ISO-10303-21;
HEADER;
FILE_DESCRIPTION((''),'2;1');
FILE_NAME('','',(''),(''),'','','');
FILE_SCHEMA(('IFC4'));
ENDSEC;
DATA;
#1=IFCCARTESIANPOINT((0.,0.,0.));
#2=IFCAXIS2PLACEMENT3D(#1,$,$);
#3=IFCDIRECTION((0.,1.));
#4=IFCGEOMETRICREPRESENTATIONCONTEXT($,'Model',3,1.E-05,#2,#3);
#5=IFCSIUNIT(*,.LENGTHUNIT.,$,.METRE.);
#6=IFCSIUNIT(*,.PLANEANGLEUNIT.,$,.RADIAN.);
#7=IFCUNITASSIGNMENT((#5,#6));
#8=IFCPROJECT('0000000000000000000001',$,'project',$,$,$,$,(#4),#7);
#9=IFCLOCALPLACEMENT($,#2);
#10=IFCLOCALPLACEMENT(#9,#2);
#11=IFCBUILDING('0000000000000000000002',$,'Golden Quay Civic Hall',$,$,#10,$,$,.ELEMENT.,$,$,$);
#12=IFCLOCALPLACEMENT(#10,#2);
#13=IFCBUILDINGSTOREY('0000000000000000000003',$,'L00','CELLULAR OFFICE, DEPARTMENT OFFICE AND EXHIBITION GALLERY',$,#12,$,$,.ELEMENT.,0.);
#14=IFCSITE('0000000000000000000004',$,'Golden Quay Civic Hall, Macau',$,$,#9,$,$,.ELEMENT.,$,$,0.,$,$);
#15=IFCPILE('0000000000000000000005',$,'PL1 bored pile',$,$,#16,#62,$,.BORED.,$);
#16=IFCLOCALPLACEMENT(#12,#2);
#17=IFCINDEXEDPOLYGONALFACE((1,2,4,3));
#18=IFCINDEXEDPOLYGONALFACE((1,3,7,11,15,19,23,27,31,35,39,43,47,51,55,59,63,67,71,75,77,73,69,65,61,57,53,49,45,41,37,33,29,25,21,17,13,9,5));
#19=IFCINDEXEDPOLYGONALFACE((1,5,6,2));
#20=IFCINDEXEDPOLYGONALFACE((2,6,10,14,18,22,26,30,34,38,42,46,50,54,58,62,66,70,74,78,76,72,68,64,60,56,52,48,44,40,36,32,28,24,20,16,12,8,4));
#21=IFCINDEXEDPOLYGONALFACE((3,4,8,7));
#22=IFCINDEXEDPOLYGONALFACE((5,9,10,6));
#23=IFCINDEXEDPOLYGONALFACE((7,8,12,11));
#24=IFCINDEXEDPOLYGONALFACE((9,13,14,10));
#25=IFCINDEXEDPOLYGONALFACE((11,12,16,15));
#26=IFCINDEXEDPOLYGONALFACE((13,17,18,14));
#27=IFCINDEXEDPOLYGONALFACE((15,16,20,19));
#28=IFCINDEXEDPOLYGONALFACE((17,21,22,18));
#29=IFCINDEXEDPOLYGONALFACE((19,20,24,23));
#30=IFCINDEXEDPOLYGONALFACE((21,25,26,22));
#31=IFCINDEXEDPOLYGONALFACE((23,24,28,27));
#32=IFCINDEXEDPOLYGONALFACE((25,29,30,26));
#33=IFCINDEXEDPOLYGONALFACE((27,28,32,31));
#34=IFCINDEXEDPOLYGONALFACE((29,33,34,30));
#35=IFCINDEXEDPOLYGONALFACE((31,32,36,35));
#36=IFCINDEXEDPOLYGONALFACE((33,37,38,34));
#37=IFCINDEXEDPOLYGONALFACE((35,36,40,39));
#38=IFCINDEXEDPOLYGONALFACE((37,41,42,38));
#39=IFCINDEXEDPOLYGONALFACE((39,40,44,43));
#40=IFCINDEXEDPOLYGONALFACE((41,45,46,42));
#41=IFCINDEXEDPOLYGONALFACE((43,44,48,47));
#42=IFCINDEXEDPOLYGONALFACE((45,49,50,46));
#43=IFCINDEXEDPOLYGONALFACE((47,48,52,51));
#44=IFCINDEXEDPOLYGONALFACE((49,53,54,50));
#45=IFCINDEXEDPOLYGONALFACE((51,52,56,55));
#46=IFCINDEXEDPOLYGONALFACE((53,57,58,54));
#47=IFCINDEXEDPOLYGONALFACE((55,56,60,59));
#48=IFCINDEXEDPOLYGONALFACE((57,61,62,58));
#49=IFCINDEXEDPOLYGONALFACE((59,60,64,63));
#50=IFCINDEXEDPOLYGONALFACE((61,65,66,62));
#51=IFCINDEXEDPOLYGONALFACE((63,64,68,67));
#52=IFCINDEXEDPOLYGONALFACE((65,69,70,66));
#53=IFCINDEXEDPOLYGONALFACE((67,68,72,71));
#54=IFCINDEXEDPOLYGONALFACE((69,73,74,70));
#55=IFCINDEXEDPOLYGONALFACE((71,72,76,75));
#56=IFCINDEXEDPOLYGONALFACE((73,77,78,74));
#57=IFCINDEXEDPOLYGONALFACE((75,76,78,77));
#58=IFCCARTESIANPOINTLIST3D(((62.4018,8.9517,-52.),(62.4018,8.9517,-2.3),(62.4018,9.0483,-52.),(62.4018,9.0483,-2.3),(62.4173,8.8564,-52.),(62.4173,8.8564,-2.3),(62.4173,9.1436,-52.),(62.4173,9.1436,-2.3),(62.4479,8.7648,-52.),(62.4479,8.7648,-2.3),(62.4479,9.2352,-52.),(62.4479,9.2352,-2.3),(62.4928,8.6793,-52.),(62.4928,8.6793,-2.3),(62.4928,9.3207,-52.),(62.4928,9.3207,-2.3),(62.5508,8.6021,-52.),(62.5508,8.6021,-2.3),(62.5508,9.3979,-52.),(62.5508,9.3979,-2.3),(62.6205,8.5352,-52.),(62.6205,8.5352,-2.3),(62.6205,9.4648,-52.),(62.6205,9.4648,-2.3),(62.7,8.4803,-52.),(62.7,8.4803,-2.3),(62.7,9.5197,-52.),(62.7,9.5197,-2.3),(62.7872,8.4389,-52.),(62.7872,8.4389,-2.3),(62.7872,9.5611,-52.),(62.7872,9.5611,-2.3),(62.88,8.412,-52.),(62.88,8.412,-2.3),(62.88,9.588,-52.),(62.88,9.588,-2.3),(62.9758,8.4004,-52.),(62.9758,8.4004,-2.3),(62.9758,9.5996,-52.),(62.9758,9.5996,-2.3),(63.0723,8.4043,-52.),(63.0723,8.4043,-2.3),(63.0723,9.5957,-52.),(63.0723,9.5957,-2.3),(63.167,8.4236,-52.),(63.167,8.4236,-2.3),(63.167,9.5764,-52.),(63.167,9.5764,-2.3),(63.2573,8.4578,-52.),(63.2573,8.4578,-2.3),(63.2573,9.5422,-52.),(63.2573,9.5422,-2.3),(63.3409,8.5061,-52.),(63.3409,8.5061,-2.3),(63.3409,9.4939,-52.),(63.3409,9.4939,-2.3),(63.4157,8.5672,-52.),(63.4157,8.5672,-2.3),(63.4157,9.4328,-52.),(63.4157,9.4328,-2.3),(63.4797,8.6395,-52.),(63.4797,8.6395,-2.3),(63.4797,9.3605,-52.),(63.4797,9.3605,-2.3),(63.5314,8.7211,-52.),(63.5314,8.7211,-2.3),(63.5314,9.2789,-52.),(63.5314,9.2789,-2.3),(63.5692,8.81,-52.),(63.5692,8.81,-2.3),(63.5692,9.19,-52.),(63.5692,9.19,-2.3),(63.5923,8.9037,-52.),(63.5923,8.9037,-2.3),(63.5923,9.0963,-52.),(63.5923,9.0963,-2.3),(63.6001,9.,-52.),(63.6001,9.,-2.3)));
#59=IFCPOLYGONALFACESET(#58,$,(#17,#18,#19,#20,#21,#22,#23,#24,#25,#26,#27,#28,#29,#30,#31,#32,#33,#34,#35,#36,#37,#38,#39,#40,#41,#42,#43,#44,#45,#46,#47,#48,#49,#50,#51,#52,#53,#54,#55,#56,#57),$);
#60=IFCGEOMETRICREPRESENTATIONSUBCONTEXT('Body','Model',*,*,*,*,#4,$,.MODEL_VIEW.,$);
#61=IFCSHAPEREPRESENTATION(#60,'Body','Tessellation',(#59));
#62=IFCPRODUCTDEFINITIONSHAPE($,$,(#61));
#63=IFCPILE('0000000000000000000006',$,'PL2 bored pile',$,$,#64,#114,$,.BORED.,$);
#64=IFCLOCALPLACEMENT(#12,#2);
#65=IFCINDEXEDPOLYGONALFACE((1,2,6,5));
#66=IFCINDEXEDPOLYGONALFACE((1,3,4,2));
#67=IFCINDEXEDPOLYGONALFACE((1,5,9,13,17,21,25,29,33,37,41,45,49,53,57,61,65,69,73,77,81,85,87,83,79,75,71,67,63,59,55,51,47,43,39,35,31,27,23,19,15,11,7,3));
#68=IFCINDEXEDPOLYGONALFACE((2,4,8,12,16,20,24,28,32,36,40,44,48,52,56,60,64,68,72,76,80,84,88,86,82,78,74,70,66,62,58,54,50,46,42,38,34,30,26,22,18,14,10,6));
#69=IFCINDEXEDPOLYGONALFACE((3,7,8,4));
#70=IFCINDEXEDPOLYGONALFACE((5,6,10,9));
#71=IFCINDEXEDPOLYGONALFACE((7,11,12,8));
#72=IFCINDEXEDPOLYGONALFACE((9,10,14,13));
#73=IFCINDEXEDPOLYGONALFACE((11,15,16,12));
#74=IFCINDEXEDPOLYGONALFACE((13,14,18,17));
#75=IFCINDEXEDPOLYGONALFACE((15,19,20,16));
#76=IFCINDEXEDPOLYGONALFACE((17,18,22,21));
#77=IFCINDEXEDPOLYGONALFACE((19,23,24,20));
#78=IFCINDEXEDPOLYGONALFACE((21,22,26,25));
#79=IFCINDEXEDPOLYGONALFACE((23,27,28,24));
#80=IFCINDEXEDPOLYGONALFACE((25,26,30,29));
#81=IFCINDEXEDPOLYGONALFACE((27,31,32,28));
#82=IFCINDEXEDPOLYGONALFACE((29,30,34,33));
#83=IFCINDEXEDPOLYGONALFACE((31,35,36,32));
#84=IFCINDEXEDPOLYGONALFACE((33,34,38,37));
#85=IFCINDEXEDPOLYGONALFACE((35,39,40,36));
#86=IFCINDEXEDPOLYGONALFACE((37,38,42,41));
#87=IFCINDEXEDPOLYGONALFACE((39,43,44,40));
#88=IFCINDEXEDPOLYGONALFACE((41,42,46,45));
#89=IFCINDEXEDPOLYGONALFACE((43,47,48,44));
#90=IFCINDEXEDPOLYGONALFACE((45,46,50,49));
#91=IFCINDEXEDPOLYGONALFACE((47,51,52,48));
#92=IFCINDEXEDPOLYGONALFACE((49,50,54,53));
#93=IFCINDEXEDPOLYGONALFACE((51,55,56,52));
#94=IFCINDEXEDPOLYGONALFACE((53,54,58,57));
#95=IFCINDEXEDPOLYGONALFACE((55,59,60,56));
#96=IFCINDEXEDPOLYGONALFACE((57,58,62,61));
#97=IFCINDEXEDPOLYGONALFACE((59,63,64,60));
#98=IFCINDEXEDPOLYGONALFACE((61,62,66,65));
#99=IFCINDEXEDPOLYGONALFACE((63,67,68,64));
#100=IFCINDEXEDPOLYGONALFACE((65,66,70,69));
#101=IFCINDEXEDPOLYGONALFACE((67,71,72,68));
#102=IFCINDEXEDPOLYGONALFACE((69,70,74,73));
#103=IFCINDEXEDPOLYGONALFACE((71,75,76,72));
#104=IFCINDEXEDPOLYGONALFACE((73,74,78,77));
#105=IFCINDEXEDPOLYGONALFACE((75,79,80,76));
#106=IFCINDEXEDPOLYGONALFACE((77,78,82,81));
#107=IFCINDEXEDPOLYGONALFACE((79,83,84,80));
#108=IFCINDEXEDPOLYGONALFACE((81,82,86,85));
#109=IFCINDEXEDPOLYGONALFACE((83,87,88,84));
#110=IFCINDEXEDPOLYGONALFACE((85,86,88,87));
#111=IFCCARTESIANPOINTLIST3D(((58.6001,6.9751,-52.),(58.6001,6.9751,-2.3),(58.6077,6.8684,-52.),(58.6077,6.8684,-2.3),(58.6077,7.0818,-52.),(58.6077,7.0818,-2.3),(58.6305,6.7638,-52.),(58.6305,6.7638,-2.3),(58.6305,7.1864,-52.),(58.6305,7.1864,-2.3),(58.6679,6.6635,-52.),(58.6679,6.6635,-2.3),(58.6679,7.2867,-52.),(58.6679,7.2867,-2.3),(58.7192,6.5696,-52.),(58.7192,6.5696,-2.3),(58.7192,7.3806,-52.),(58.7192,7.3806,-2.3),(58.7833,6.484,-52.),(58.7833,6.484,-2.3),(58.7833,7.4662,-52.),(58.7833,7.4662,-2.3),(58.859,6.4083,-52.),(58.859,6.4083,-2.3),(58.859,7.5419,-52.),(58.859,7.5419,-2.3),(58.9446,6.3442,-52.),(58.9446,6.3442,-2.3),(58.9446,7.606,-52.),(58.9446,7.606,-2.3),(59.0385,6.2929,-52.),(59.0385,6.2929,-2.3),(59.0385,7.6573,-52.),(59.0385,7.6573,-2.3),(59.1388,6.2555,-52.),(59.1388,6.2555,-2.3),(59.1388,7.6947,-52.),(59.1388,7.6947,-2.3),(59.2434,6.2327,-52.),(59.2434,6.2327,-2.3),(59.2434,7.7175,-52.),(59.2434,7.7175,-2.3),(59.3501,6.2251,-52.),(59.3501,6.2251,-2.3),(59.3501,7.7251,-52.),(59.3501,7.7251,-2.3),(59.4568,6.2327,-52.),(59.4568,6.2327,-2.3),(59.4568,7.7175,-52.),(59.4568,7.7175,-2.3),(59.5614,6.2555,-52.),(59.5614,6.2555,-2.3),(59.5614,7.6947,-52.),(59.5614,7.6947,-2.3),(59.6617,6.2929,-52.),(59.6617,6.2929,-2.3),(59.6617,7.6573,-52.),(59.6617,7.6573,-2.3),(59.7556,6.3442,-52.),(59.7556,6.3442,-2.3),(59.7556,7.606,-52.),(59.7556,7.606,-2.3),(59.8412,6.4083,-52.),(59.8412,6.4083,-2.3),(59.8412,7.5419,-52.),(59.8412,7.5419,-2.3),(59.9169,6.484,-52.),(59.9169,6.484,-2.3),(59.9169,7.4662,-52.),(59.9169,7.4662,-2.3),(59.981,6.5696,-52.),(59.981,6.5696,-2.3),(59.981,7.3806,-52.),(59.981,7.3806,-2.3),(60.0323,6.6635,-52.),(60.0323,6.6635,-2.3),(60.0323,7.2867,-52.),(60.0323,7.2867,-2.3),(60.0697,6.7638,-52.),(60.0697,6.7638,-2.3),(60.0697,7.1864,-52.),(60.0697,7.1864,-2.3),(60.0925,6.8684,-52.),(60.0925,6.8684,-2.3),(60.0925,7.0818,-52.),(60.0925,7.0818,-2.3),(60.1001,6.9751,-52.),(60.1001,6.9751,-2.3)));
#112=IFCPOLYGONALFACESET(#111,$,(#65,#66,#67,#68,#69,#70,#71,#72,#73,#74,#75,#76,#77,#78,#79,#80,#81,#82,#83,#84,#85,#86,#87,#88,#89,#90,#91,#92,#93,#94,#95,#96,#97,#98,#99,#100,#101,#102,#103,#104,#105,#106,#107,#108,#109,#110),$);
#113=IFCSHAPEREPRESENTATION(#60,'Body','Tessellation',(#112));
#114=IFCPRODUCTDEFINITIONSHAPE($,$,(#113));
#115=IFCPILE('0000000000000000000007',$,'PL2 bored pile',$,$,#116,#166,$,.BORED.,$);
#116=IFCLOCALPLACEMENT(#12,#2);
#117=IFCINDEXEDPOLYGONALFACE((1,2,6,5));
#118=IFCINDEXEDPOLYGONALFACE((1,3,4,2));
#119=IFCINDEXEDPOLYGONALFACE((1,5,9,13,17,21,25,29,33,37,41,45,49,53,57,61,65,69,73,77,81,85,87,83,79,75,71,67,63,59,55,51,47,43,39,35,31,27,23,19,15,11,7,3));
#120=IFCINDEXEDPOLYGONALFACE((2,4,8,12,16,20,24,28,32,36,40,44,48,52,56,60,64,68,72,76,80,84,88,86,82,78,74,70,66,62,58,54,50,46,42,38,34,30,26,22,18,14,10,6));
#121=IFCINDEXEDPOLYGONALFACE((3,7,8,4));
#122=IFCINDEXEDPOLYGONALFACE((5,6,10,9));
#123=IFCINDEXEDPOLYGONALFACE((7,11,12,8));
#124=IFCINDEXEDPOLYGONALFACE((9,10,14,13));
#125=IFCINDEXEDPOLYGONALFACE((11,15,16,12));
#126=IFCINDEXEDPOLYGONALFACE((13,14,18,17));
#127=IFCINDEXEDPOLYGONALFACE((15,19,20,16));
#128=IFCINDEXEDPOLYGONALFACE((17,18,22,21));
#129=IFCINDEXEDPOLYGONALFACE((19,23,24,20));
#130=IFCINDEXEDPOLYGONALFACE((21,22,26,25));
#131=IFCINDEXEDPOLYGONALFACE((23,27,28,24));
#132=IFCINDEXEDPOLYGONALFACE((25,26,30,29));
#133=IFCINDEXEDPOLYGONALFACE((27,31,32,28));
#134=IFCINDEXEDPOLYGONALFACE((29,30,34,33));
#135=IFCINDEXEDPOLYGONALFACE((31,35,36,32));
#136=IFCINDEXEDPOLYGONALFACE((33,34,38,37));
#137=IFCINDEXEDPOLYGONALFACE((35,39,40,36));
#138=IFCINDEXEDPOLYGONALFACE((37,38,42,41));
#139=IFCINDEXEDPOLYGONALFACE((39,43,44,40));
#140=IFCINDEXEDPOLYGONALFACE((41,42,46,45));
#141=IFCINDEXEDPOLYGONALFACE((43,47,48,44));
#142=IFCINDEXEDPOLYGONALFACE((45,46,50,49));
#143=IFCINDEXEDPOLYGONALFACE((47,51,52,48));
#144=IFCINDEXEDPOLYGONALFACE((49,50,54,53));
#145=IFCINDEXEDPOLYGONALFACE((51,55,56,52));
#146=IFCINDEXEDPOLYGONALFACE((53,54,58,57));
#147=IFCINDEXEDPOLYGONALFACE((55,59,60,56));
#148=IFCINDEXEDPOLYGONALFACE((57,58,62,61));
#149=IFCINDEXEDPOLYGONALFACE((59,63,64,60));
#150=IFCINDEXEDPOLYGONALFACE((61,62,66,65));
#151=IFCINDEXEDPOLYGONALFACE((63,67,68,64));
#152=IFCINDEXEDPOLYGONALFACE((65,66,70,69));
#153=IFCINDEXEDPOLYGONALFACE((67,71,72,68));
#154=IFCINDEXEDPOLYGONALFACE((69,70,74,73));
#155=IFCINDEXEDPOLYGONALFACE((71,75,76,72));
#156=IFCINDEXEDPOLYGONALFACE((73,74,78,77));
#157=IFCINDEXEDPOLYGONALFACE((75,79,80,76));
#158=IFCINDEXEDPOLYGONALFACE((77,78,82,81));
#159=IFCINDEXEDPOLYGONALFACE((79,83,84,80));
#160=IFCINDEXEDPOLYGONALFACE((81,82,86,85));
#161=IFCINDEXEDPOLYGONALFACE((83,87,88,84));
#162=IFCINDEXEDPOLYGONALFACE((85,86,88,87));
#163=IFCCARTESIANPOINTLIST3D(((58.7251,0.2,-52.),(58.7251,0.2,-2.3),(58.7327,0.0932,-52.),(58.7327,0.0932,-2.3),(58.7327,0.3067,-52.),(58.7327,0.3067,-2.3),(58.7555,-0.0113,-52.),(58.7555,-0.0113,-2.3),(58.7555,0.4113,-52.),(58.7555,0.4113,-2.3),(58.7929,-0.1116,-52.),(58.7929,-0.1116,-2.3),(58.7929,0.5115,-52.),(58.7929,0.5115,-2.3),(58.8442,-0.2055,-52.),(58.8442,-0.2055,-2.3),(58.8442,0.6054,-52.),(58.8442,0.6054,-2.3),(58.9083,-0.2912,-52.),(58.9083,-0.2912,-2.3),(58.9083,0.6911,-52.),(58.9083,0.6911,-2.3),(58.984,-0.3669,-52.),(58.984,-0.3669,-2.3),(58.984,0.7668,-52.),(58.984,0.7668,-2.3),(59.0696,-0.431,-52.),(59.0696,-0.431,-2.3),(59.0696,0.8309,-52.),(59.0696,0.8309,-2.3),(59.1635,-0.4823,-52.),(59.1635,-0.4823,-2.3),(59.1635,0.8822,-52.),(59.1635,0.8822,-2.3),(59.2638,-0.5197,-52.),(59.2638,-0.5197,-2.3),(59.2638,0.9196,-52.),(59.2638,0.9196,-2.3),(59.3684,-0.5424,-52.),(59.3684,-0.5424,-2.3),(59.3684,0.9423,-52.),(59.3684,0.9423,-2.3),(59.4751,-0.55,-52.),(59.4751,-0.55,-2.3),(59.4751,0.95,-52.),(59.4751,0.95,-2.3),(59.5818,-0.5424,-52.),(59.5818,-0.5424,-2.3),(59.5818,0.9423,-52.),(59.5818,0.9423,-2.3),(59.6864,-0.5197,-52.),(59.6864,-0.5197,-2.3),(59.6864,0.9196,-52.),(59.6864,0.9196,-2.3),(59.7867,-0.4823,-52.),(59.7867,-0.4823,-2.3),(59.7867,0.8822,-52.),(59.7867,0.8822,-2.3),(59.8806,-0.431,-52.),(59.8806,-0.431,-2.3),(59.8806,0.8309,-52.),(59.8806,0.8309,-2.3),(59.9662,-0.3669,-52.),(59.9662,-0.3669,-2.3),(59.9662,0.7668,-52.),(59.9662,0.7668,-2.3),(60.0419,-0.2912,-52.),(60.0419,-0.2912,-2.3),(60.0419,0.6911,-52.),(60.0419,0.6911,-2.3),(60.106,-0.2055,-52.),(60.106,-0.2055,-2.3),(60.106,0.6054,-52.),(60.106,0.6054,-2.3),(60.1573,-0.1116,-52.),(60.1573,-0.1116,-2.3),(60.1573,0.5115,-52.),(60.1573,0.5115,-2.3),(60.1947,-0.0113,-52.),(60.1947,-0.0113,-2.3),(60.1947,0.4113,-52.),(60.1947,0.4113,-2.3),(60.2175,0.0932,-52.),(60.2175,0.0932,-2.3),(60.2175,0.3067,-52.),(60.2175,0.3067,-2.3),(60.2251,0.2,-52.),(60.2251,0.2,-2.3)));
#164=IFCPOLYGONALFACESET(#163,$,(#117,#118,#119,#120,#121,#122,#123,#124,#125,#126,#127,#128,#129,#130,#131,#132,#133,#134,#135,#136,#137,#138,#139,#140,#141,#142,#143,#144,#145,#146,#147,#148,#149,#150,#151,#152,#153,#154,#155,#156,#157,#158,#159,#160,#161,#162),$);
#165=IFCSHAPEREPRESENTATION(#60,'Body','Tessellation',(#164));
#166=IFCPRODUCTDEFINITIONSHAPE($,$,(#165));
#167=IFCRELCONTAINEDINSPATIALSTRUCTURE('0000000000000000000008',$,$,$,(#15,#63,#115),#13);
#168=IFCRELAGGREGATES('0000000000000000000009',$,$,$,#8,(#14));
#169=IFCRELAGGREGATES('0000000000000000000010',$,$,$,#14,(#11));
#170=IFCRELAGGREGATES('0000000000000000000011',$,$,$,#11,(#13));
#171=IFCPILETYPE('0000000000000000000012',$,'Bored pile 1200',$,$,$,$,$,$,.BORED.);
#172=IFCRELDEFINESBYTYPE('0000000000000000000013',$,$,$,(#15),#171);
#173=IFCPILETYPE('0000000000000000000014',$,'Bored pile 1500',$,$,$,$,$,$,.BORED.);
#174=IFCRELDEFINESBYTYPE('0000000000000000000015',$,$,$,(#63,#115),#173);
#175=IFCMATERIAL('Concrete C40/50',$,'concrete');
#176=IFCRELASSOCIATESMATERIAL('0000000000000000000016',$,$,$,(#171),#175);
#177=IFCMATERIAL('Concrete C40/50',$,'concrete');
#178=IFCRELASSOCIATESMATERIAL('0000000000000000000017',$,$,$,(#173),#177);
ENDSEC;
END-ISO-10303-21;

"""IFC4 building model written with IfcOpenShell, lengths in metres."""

from ifc_helpers import new_model, si_unit, direction, frame, origin, origin_2d, place, context, subcontext, project, spatial, circle, extrude, material, material_profile, profile_set, type_object, element, save


model = new_model("IFC4")

# Units and contexts
model_context = context("Model", 3, precision=1e-05, world=origin(), true_north=direction((0.0, 1.0)))
body_context = subcontext(model_context, "Body", "Model", "MODEL_VIEW")
ifc_project = project(units=[si_unit("LENGTHUNIT", "METRE"), si_unit("PLANEANGLEUNIT", "RADIAN")], contexts=[model_context])

# Site, building, storey
site_placement = place(None, origin())
site = spatial("IfcSite", under=ifc_project, at=site_placement, Name="Golden Quay Civic Hall, Macau", CompositionType="ELEMENT", RefElevation=0.0)
building_placement = place(site_placement, origin())
building = spatial("IfcBuilding", under=site, at=building_placement, Name="Golden Quay Civic Hall", CompositionType="ELEMENT")
storey_placement = place(building_placement, origin())
storey = spatial("IfcBuildingStorey", under=building, at=storey_placement, Name="L00", Description="CELLULAR OFFICE, DEPARTMENT OFFICE AND EXHIBITION GALLERY", CompositionType="ELEMENT", Elevation=0.0)

# Piles
ifc_material_1 = material(Name="Concrete C40/50", Category="concrete")
ifc_material_profile_1 = material_profile(ifc_material_1, circle(Radius=0.6001, at=origin_2d()), Name="RC D1200")
ifc_profile_set_1 = profile_set([ifc_material_profile_1], Name="Concrete C40/50")
pile_type_1 = type_object("IfcPileType", Name="Bored pile 1200", PredefinedType="BORED", material=ifc_profile_set_1)
pile_placement = place(storey_placement, frame((63.0, 9.0, -2.3), z_axis=(0.0, 0.0, -1.0), x_axis=(1.0, 0.0, 0.0)))
element("IfcPile", 1, at=pile_placement, inside=storey, type_object=pile_type_1, Name="PL1 bored pile", PredefinedType="BORED", context=body_context, shape_type="SweptSolid", body=[
    extrude(circle(Radius=0.6001, at=origin_2d()), origin(), (0.0, 0.0, 1.0), 49.7),
])
ifc_material_2 = material(Name="Concrete C40/50", Category="concrete")
ifc_material_profile_2 = material_profile(ifc_material_2, circle(Radius=0.75, at=origin_2d()), Name="RC D1500")
ifc_profile_set_2 = profile_set([ifc_material_profile_2], Name="Concrete C40/50")
pile_type_2 = type_object("IfcPileType", Name="Bored pile 1500", PredefinedType="BORED", material=ifc_profile_set_2)
for number, where, z_axis, x_axis, name in (
    (2, (59.3501, 6.9751, -2.3), (0.0, 0.0, -1.0), (1.0, 0.0, 0.0), "PL2 bored pile"),
    (3, (59.4751, 0.2, -2.3), (0.0, 0.0, -1.0), (1.0, 0.0, 0.0), "PL2 bored pile"),
):
    element("IfcPile", number, at=place(storey_placement, frame(where, z_axis=z_axis, x_axis=x_axis)), inside=storey, type_object=pile_type_2, Name=name, PredefinedType="BORED", context=body_context, shape_type="SweptSolid", body=[
        extrude(circle(Radius=0.75, at=origin_2d()), origin(), (0.0, 0.0, 1.0), 49.7),
    ])

save(model, "model.ifc")
